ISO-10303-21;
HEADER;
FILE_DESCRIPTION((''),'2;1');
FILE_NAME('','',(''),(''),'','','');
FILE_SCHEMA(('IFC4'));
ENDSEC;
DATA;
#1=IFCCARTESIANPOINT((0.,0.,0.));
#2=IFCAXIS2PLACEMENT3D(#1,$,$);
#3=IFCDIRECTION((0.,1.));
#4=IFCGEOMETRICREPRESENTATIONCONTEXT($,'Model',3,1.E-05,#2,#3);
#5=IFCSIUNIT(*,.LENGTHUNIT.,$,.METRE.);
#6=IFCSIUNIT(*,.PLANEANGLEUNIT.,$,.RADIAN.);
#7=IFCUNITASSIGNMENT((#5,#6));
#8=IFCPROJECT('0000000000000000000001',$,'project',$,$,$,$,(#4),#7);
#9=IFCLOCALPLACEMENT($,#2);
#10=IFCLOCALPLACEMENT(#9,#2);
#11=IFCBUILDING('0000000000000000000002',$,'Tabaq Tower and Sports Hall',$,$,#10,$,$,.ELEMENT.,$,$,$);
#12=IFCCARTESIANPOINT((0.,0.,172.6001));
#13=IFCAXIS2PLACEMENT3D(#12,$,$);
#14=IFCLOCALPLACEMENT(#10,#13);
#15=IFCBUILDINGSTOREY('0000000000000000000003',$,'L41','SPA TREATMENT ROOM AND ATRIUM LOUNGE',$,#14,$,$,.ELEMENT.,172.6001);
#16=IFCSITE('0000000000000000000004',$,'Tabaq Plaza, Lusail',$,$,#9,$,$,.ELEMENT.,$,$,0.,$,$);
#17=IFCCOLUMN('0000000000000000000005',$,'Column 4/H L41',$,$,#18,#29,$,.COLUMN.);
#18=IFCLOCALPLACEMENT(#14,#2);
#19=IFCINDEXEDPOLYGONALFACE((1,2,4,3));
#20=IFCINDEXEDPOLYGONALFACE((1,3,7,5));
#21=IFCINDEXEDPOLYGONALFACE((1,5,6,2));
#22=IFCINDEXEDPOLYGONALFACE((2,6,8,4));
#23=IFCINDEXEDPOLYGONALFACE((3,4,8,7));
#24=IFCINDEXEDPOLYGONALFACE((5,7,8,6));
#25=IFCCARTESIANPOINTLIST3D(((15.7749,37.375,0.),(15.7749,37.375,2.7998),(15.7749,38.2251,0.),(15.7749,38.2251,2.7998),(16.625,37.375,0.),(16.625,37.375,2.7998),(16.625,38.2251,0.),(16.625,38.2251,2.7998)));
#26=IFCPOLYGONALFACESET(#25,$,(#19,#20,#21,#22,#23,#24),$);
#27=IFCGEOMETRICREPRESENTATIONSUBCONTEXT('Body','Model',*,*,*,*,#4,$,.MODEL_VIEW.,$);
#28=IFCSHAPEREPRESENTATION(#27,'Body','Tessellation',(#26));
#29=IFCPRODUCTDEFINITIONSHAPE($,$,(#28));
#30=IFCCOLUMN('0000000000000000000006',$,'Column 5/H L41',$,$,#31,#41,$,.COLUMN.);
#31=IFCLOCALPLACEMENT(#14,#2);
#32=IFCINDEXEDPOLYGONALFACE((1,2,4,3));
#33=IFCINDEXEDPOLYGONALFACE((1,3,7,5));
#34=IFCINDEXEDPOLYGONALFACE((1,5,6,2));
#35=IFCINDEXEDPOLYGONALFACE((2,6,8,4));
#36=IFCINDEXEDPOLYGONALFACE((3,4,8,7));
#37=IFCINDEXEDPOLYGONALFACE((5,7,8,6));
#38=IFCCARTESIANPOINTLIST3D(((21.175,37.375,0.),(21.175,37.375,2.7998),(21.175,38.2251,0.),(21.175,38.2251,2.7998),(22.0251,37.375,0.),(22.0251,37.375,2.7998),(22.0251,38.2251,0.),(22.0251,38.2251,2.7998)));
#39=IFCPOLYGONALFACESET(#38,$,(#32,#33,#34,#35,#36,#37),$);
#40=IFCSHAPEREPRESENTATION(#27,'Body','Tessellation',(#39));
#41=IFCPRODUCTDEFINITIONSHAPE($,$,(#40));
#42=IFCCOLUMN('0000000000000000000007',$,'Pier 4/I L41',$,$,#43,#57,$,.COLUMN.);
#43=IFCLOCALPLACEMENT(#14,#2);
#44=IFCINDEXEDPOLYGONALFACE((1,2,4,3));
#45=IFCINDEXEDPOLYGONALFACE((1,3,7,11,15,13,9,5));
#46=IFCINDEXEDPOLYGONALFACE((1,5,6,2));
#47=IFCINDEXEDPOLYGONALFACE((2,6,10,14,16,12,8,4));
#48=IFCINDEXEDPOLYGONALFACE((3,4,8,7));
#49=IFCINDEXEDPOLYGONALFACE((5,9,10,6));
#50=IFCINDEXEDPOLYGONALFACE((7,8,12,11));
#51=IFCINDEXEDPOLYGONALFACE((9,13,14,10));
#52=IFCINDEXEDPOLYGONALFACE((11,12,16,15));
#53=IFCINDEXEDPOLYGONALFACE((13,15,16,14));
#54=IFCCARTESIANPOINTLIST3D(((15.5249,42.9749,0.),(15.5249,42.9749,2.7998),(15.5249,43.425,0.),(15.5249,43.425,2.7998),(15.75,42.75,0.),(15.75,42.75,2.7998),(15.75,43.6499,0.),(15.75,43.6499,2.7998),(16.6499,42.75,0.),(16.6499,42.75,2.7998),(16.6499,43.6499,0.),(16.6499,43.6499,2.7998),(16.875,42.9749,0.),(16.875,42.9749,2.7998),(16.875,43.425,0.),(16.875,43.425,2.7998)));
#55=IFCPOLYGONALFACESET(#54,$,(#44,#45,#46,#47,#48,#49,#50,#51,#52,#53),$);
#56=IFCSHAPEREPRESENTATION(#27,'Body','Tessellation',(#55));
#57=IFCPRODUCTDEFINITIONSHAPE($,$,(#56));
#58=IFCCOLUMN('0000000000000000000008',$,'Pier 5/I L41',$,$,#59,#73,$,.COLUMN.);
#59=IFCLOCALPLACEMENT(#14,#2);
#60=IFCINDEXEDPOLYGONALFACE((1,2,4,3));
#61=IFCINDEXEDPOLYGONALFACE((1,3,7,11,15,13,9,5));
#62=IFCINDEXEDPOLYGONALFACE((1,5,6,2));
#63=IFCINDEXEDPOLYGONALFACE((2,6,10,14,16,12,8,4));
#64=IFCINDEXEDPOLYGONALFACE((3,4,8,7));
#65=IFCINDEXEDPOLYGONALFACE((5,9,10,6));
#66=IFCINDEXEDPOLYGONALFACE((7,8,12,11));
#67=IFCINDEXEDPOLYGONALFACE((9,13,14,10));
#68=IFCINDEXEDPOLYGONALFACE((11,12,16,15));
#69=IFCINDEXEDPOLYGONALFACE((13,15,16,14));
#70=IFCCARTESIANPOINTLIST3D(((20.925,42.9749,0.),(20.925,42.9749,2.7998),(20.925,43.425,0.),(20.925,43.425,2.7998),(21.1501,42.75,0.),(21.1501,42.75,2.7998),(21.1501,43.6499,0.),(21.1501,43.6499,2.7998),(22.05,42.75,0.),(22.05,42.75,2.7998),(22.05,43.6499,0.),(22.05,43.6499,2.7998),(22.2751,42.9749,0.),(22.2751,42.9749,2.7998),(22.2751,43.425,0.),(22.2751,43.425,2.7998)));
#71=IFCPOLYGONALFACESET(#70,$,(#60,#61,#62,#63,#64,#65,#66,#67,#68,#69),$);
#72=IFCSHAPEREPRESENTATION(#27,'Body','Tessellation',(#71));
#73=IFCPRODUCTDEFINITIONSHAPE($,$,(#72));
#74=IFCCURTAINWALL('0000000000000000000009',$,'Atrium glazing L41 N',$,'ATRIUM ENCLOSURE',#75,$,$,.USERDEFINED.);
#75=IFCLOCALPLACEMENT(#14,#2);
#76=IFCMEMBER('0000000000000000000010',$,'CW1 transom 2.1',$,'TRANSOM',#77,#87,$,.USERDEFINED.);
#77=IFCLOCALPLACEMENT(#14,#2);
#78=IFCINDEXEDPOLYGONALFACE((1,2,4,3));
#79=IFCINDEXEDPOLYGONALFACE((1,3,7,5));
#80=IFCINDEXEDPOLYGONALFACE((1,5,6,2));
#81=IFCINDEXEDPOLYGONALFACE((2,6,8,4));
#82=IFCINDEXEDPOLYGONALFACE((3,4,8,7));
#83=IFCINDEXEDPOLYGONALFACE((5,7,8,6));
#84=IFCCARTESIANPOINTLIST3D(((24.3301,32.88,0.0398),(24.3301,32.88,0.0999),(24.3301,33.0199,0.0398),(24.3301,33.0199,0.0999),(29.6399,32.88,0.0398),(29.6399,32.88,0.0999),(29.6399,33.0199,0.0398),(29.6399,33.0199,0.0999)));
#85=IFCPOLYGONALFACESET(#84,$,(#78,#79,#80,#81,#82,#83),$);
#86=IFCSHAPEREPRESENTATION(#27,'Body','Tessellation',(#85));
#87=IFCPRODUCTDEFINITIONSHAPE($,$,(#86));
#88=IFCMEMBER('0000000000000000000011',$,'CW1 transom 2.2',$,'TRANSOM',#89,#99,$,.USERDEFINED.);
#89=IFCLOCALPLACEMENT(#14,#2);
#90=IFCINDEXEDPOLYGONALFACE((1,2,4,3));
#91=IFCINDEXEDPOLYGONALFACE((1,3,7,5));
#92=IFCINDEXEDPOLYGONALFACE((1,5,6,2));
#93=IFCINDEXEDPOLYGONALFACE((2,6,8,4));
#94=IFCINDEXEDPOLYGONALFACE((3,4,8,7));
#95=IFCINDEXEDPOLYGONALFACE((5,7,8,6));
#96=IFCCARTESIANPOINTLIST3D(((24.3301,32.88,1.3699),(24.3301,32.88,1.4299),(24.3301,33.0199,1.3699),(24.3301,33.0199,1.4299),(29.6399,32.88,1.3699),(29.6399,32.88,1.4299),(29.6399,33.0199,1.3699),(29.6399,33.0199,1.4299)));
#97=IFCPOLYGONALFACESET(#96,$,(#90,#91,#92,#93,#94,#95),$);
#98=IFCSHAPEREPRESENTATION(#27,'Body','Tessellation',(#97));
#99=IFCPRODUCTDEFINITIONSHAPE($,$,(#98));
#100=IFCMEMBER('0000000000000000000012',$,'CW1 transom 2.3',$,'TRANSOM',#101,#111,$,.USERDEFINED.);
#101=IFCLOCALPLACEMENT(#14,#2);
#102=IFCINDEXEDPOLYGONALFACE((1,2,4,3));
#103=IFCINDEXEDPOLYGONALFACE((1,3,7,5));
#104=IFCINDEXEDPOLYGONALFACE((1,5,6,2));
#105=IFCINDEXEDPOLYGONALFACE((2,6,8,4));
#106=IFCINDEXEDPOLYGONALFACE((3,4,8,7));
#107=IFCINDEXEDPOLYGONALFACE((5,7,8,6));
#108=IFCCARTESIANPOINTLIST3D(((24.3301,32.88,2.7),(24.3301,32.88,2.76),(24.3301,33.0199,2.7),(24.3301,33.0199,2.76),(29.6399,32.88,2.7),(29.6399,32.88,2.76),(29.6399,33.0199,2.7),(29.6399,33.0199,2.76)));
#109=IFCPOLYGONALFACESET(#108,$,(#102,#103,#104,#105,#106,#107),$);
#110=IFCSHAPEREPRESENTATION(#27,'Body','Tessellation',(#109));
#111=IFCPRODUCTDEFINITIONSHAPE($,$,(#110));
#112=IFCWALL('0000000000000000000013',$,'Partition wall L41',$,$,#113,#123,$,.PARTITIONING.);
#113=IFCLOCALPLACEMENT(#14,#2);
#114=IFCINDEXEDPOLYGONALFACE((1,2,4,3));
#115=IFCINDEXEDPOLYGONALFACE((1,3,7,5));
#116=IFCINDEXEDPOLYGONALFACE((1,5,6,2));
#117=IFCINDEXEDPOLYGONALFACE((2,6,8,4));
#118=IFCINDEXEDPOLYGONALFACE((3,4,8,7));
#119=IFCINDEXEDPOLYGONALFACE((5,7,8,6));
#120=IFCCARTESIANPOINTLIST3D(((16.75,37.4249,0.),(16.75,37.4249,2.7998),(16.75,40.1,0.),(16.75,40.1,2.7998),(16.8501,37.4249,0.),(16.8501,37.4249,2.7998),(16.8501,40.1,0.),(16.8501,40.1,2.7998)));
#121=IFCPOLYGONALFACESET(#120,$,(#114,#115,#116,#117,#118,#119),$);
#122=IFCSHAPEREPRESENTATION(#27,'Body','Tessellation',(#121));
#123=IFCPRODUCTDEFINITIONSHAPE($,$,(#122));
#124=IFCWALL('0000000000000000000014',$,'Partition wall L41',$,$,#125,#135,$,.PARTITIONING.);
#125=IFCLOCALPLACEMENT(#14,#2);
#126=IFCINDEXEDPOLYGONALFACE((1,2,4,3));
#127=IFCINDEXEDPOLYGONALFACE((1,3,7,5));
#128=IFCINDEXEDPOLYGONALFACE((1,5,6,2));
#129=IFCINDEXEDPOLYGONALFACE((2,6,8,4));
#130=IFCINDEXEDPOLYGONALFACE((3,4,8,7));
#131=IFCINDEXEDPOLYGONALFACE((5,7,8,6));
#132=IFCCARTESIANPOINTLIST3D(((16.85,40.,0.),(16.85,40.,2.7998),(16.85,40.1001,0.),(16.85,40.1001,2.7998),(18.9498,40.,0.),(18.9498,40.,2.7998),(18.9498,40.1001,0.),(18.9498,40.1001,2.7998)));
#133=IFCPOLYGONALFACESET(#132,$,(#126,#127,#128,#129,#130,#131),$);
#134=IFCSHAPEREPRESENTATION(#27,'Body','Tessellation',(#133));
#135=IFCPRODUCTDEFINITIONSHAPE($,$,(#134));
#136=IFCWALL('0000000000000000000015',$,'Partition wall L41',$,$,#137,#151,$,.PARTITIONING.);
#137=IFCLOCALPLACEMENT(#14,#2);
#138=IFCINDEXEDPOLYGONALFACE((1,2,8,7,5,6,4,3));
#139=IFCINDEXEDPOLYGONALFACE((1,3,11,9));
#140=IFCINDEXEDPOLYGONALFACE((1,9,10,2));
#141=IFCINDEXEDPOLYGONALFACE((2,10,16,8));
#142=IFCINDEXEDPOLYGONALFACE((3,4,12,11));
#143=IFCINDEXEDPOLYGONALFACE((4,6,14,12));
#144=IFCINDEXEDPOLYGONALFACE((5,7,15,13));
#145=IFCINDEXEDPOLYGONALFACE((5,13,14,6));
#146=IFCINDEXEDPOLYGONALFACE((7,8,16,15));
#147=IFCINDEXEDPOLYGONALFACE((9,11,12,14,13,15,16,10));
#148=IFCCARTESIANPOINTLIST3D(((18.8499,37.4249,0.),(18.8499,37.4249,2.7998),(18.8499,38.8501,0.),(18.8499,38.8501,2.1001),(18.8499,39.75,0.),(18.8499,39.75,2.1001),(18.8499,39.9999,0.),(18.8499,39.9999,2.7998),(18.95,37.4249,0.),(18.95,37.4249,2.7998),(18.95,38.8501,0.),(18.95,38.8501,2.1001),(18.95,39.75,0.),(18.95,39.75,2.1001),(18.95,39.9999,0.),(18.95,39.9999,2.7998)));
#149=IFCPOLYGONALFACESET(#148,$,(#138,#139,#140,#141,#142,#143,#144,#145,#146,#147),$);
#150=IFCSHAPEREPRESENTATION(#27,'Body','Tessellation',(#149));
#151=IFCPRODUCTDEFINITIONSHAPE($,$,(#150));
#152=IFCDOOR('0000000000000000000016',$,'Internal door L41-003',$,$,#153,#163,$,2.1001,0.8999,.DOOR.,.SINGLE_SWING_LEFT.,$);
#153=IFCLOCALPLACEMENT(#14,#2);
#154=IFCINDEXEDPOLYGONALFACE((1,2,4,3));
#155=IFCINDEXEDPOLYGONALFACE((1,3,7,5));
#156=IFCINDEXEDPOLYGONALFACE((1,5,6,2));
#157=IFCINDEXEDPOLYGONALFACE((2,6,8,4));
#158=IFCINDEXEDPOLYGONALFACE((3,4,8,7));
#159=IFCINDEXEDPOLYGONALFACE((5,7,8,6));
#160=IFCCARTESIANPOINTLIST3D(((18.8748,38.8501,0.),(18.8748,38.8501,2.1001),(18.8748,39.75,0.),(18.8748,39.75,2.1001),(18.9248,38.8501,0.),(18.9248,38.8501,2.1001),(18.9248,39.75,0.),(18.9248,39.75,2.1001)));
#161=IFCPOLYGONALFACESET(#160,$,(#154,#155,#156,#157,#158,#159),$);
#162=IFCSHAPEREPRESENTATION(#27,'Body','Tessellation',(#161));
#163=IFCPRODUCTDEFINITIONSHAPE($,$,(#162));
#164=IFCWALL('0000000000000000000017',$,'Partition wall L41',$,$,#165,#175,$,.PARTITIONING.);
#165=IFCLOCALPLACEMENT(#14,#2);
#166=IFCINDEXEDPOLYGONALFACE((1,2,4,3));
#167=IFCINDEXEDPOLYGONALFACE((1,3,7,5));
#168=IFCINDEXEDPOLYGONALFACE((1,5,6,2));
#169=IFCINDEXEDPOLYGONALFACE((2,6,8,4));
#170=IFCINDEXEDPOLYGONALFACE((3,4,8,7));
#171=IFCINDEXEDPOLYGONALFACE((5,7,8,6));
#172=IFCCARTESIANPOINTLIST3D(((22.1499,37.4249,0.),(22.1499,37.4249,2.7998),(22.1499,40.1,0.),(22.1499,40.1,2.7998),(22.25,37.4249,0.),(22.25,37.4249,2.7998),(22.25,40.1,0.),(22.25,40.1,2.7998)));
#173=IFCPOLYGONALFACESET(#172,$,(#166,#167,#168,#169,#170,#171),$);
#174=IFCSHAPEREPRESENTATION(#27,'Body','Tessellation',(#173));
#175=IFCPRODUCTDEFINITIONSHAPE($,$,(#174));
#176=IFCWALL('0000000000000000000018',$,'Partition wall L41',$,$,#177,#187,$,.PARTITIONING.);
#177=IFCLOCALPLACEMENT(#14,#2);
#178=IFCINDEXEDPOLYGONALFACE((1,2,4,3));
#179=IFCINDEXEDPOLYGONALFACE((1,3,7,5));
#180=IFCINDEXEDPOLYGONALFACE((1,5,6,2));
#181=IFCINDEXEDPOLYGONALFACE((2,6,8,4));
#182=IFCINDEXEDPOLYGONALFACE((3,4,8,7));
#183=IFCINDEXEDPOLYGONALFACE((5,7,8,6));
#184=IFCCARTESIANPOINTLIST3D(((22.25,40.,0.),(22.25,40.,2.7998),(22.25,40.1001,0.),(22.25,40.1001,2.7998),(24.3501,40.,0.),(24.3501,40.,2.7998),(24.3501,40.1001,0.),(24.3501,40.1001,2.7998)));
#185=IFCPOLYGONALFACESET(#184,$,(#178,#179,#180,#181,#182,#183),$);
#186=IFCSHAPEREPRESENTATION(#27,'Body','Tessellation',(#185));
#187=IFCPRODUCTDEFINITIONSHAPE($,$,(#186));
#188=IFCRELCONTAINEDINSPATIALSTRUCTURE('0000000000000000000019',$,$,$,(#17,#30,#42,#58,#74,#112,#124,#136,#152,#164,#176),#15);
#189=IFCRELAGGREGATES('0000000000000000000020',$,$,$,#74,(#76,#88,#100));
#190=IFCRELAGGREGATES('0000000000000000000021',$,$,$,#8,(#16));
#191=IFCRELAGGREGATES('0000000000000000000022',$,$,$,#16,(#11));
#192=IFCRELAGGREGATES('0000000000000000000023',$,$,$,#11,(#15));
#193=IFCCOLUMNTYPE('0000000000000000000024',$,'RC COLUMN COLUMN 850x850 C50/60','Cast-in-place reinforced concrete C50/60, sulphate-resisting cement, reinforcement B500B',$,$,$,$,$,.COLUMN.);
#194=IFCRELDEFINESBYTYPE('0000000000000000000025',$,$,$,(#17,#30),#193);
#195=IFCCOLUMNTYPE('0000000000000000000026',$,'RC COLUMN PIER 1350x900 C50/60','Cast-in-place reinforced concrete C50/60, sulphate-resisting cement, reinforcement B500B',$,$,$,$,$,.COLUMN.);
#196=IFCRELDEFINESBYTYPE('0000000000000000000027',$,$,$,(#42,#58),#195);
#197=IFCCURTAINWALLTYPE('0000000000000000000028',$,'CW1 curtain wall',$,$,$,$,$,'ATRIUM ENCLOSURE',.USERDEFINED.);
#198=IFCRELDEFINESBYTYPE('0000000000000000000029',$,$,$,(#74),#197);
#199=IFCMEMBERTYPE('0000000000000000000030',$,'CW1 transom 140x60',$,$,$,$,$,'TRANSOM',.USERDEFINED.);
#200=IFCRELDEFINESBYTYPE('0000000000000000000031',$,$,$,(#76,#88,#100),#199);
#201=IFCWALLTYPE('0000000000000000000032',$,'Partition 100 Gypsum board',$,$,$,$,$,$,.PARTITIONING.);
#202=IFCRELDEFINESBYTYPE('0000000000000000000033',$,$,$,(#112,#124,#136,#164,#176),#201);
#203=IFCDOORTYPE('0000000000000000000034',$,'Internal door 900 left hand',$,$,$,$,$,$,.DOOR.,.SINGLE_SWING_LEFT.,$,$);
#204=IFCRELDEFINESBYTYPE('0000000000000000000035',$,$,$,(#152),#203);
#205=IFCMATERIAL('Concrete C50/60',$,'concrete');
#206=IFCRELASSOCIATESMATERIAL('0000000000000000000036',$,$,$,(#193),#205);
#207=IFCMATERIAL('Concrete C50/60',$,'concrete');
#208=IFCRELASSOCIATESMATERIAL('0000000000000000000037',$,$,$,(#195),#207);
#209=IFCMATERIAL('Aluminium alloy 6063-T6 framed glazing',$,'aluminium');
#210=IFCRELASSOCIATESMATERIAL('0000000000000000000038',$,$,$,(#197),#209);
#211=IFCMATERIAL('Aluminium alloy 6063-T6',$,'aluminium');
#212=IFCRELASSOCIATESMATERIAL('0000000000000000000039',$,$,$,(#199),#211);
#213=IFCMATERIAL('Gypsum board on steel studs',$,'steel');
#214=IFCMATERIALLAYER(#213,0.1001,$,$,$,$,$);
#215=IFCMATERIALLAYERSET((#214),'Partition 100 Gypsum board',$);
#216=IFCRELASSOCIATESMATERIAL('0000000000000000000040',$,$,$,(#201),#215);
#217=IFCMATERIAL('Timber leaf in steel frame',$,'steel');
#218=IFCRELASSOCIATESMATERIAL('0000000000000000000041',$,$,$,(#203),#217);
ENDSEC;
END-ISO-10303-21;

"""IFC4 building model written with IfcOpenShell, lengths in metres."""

from ifc_helpers import new_model, si_unit, direction, frame, frame_2d, origin, origin_2d, place, context, subcontext, project, spatial, polyline, rectangle, outline, extrude, material, layer, layer_set, material_profile, profile_set, type_object, element, fill, aggregate, save


model = new_model("IFC4")

# Units and contexts
model_context = context("Model", 3, precision=1e-05, world=origin(), true_north=direction((0.0, 1.0)))
body_context = subcontext(model_context, "Body", "Model", "MODEL_VIEW")
ifc_project = project(units=[si_unit("LENGTHUNIT", "METRE"), si_unit("PLANEANGLEUNIT", "RADIAN")], contexts=[model_context])

# Site, building, storey
site_placement = place(None, origin())
site = spatial("IfcSite", under=ifc_project, at=site_placement, Name="Tabaq Plaza, Lusail", CompositionType="ELEMENT", RefElevation=0.0)
building_placement = place(site_placement, origin())
building = spatial("IfcBuilding", under=site, at=building_placement, Name="Tabaq Tower and Sports Hall", CompositionType="ELEMENT")
storey_placement = place(building_placement, frame((0.0, 0.0, 172.6001)))
storey = spatial("IfcBuildingStorey", under=building, at=storey_placement, Name="L41", Description="SPA TREATMENT ROOM AND ATRIUM LOUNGE", CompositionType="ELEMENT", Elevation=172.6001)

# Columns
ifc_material_1 = material(Name="Concrete C50/60", Category="concrete")
ifc_material_profile_1 = material_profile(ifc_material_1, rectangle(XDim=0.8501, YDim=0.8501, at=origin_2d()), Name="COLUMN 850x850")
ifc_profile_set_1 = profile_set([ifc_material_profile_1], Name="Concrete C50/60")
column_type_1 = type_object("IfcColumnType", Name="RC COLUMN COLUMN 850x850 C50/60", Description="Cast-in-place reinforced concrete C50/60, sulphate-resisting cement, reinforcement B500B", PredefinedType="COLUMN", material=ifc_profile_set_1)
for number, where, z_axis, x_axis, name in (
    (1, (16.2, 37.8, 0.0), (0.0, 0.0, 1.0), (1.0, 0.0, 0.0), "Column 4/H L41"),
    (2, (21.6001, 37.8, 0.0), (0.0, 0.0, 1.0), (1.0, 0.0, 0.0), "Column 5/H L41"),
):
    element("IfcColumn", number, at=place(storey_placement, frame(where, z_axis=z_axis, x_axis=x_axis)), inside=storey, type_object=column_type_1, Name=name, PredefinedType="COLUMN", context=body_context, shape_type="SweptSolid", body=[
        extrude(rectangle(XDim=0.8501, YDim=0.8501, at=origin_2d()), origin(), (0.0, 0.0, 1.0), 2.7998),
    ])
ifc_material_2 = material(Name="Concrete C50/60", Category="concrete")
ifc_material_profile_2 = material_profile(ifc_material_2, outline(polyline([(-0.45, -0.45), (0.45, -0.45), (0.675, -0.2251), (0.675, 0.2251), (0.45, 0.45), (-0.45, 0.45), (-0.675, 0.2251), (-0.675, -0.2251), (-0.45, -0.45)])), Name="PIER 1350x900")
ifc_profile_set_2 = profile_set([ifc_material_profile_2], Name="Concrete C50/60")
column_type_2 = type_object("IfcColumnType", Name="RC COLUMN PIER 1350x900 C50/60", Description="Cast-in-place reinforced concrete C50/60, sulphate-resisting cement, reinforcement B500B", PredefinedType="COLUMN", material=ifc_profile_set_2)
for number, where, z_axis, x_axis, name in (
    (3, (16.2, 43.2, 0.0), (0.0, 0.0, 1.0), (1.0, 0.0, 0.0), "Pier 4/I L41"),
    (4, (21.6001, 43.2, 0.0), (0.0, 0.0, 1.0), (1.0, 0.0, 0.0), "Pier 5/I L41"),
):
    element("IfcColumn", number, at=place(storey_placement, frame(where, z_axis=z_axis, x_axis=x_axis)), inside=storey, type_object=column_type_2, Name=name, PredefinedType="COLUMN", context=body_context, shape_type="SweptSolid", body=[
        extrude(outline(polyline([(-0.45, -0.45), (0.45, -0.45), (0.675, -0.2251), (0.675, 0.2251), (0.45, 0.45), (-0.45, 0.45), (-0.675, 0.2251), (-0.675, -0.2251), (-0.45, -0.45)])), origin(), (0.0, 0.0, 1.0), 2.7998),
    ])

# Curtain wall, members
ifc_material_3 = material(Name="Aluminium alloy 6063-T6 framed glazing", Category="aluminium")
curtain_wall_type = type_object("IfcCurtainWallType", Name="CW1 curtain wall", ElementType="ATRIUM ENCLOSURE", PredefinedType="USERDEFINED", material=ifc_material_3)
curtain_wall_placement = place(storey_placement, origin())
curtain_wall = element("IfcCurtainWall", 5, at=curtain_wall_placement, inside=storey, type_object=curtain_wall_type, Name="Atrium glazing L41 N", ObjectType="ATRIUM ENCLOSURE", PredefinedType="USERDEFINED")
ifc_material_4 = material(Name="Aluminium alloy 6063-T6", Category="aluminium")
ifc_material_profile_3 = material_profile(ifc_material_4, rectangle(XDim=0.1399, YDim=0.0601, at=origin_2d()), Name="TRANSOM 140x60")
ifc_profile_set_3 = profile_set([ifc_material_profile_3], Name="Aluminium alloy 6063-T6")
member_type = type_object("IfcMemberType", Name="CW1 transom 140x60", ElementType="TRANSOM", PredefinedType="USERDEFINED", material=ifc_profile_set_3)
member_1_placement = place(storey_placement, frame((24.3301, 32.95, 0.0698), z_axis=(1.0, 0.0, 0.0), x_axis=(0.0, 1.0, 0.0)))
member_1 = element("IfcMember", 6, at=member_1_placement, type_object=member_type, Name="CW1 transom 2.1", ObjectType="TRANSOM", PredefinedType="USERDEFINED", context=body_context, shape_type="SweptSolid", body=[
    extrude(rectangle(XDim=0.1399, YDim=0.0601, at=origin_2d()), origin(), (0.0, 0.0, 1.0), 5.3098),
])
member_2_placement = place(storey_placement, frame((24.3301, 32.95, 1.3999), z_axis=(1.0, 0.0, 0.0), x_axis=(0.0, 1.0, 0.0)))
member_2 = element("IfcMember", 7, at=member_2_placement, type_object=member_type, Name="CW1 transom 2.2", ObjectType="TRANSOM", PredefinedType="USERDEFINED", context=body_context, shape_type="SweptSolid", body=[
    extrude(rectangle(XDim=0.1399, YDim=0.0601, at=origin_2d()), origin(), (0.0, 0.0, 1.0), 5.3098),
])
member_3_placement = place(storey_placement, frame((24.3301, 32.95, 2.73), z_axis=(1.0, 0.0, 0.0), x_axis=(0.0, 1.0, 0.0)))
member_3 = element("IfcMember", 8, at=member_3_placement, type_object=member_type, Name="CW1 transom 2.3", ObjectType="TRANSOM", PredefinedType="USERDEFINED", context=body_context, shape_type="SweptSolid", body=[
    extrude(rectangle(XDim=0.1399, YDim=0.0601, at=origin_2d()), origin(), (0.0, 0.0, 1.0), 5.3098),
])
aggregate(curtain_wall, [member_1, member_2, member_3])

# Walls
ifc_material_5 = material(Name="Gypsum board on steel studs", Category="steel")
ifc_layer_1 = layer(ifc_material_5, 0.1001)
ifc_layer_set_1 = layer_set([ifc_layer_1], Name="Partition 100 Gypsum board")
wall_type_1 = type_object("IfcWallType", Name="Partition 100 Gypsum board", PredefinedType="PARTITIONING", material=ifc_layer_set_1)
wall_1_placement = place(storey_placement, frame((16.8, 37.425, 0.0), z_axis=(0.0, 0.0, 1.0), x_axis=(0.0, 1.0, 0.0)))
element("IfcWall", 9, at=wall_1_placement, inside=storey, type_object=wall_type_1, Name="Partition wall L41", PredefinedType="PARTITIONING", context=body_context, shape_type="SweptSolid", body=[
    extrude(rectangle(XDim=2.675, YDim=0.1001, at=frame_2d((1.3374, 0.0))), origin(), (0.0, 0.0, 1.0), 2.7998),
])
wall_2_placement = place(storey_placement, frame((16.8501, 40.05, 0.0), z_axis=(0.0, 0.0, 1.0), x_axis=(1.0, 0.0, 0.0)))
element("IfcWall", 10, at=wall_2_placement, inside=storey, type_object=wall_type_1, Name="Partition wall L41", PredefinedType="PARTITIONING", context=body_context, shape_type="SweptSolid", body=[
    extrude(rectangle(XDim=2.0999, YDim=0.1001, at=frame_2d((1.0498, 0.0))), origin(), (0.0, 0.0, 1.0), 2.7998),
])

# Wall, opening, door
wall_3_placement = place(storey_placement, frame((18.8999, 40.0, 0.0), z_axis=(0.0, 0.0, 1.0), x_axis=(0.0, -1.0, 0.0)))
wall_3 = element("IfcWall", 11, at=wall_3_placement, inside=storey, type_object=wall_type_1, Name="Partition wall L41", PredefinedType="PARTITIONING", context=body_context, shape_type="SweptSolid", body=[
    extrude(rectangle(XDim=2.575, YDim=0.1001, at=frame_2d((1.2876, 0.0))), origin(), (0.0, 0.0, 1.0), 2.7998),
])
opening_1_placement = place(wall_3_placement, frame((0.25, 0.0, 0.0)))
opening_1 = element("IfcOpeningElement", 12, at=opening_1_placement, cuts=wall_3, PredefinedType="OPENING", context=body_context, shape_type="SweptSolid", body=[
    extrude(rectangle(XDim=0.8999, YDim=2.1001, at=frame_2d((0.45, 1.05))), frame((0.0, 0.05, 0.0), z_axis=(0.0, -1.0, 0.0), x_axis=(1.0, 0.0, 0.0)), (0.0, 0.0, 1.0), 0.1001),
])
ifc_material_6 = material(Name="Timber leaf in steel frame", Category="steel")
door_type_1 = type_object("IfcDoorType", Name="Internal door 900 left hand", OperationType="SINGLE_SWING_LEFT", PredefinedType="DOOR", material=ifc_material_6)
door_1_placement = place(opening_1_placement, origin())
door_1 = element("IfcDoor", 13, at=door_1_placement, inside=storey, type_object=door_type_1, Name="Internal door L41-003", OperationType="SINGLE_SWING_LEFT", OverallHeight=2.1001, OverallWidth=0.8999, PredefinedType="DOOR", context=body_context, shape_type="SweptSolid", body=[
    extrude(rectangle(XDim=0.8999, YDim=2.1001, at=frame_2d((0.45, 1.05))), frame((0.0, 0.0249, 0.0), z_axis=(0.0, -1.0, 0.0), x_axis=(1.0, 0.0, 0.0)), (0.0, 0.0, 1.0), 0.05),
])
fill(opening_1, door_1)

# Walls
wall_4_placement = place(storey_placement, frame((22.2, 37.425, 0.0), z_axis=(0.0, 0.0, 1.0), x_axis=(0.0, 1.0, 0.0)))
element("IfcWall", 14, at=wall_4_placement, inside=storey, type_object=wall_type_1, Name="Partition wall L41", PredefinedType="PARTITIONING", context=body_context, shape_type="SweptSolid", body=[
    extrude(rectangle(XDim=2.675, YDim=0.1001, at=frame_2d((1.3374, 0.0))), origin(), (0.0, 0.0, 1.0), 2.7998),
])
wall_5_placement = place(storey_placement, frame((22.25, 40.05, 0.0), z_axis=(0.0, 0.0, 1.0), x_axis=(1.0, 0.0, 0.0)))
element("IfcWall", 15, at=wall_5_placement, inside=storey, type_object=wall_type_1, Name="Partition wall L41", PredefinedType="PARTITIONING", context=body_context, shape_type="SweptSolid", body=[
    extrude(rectangle(XDim=2.1001, YDim=0.1001, at=frame_2d((1.05, 0.0))), origin(), (0.0, 0.0, 1.0), 2.7998),
])

save(model, "model.ifc")
